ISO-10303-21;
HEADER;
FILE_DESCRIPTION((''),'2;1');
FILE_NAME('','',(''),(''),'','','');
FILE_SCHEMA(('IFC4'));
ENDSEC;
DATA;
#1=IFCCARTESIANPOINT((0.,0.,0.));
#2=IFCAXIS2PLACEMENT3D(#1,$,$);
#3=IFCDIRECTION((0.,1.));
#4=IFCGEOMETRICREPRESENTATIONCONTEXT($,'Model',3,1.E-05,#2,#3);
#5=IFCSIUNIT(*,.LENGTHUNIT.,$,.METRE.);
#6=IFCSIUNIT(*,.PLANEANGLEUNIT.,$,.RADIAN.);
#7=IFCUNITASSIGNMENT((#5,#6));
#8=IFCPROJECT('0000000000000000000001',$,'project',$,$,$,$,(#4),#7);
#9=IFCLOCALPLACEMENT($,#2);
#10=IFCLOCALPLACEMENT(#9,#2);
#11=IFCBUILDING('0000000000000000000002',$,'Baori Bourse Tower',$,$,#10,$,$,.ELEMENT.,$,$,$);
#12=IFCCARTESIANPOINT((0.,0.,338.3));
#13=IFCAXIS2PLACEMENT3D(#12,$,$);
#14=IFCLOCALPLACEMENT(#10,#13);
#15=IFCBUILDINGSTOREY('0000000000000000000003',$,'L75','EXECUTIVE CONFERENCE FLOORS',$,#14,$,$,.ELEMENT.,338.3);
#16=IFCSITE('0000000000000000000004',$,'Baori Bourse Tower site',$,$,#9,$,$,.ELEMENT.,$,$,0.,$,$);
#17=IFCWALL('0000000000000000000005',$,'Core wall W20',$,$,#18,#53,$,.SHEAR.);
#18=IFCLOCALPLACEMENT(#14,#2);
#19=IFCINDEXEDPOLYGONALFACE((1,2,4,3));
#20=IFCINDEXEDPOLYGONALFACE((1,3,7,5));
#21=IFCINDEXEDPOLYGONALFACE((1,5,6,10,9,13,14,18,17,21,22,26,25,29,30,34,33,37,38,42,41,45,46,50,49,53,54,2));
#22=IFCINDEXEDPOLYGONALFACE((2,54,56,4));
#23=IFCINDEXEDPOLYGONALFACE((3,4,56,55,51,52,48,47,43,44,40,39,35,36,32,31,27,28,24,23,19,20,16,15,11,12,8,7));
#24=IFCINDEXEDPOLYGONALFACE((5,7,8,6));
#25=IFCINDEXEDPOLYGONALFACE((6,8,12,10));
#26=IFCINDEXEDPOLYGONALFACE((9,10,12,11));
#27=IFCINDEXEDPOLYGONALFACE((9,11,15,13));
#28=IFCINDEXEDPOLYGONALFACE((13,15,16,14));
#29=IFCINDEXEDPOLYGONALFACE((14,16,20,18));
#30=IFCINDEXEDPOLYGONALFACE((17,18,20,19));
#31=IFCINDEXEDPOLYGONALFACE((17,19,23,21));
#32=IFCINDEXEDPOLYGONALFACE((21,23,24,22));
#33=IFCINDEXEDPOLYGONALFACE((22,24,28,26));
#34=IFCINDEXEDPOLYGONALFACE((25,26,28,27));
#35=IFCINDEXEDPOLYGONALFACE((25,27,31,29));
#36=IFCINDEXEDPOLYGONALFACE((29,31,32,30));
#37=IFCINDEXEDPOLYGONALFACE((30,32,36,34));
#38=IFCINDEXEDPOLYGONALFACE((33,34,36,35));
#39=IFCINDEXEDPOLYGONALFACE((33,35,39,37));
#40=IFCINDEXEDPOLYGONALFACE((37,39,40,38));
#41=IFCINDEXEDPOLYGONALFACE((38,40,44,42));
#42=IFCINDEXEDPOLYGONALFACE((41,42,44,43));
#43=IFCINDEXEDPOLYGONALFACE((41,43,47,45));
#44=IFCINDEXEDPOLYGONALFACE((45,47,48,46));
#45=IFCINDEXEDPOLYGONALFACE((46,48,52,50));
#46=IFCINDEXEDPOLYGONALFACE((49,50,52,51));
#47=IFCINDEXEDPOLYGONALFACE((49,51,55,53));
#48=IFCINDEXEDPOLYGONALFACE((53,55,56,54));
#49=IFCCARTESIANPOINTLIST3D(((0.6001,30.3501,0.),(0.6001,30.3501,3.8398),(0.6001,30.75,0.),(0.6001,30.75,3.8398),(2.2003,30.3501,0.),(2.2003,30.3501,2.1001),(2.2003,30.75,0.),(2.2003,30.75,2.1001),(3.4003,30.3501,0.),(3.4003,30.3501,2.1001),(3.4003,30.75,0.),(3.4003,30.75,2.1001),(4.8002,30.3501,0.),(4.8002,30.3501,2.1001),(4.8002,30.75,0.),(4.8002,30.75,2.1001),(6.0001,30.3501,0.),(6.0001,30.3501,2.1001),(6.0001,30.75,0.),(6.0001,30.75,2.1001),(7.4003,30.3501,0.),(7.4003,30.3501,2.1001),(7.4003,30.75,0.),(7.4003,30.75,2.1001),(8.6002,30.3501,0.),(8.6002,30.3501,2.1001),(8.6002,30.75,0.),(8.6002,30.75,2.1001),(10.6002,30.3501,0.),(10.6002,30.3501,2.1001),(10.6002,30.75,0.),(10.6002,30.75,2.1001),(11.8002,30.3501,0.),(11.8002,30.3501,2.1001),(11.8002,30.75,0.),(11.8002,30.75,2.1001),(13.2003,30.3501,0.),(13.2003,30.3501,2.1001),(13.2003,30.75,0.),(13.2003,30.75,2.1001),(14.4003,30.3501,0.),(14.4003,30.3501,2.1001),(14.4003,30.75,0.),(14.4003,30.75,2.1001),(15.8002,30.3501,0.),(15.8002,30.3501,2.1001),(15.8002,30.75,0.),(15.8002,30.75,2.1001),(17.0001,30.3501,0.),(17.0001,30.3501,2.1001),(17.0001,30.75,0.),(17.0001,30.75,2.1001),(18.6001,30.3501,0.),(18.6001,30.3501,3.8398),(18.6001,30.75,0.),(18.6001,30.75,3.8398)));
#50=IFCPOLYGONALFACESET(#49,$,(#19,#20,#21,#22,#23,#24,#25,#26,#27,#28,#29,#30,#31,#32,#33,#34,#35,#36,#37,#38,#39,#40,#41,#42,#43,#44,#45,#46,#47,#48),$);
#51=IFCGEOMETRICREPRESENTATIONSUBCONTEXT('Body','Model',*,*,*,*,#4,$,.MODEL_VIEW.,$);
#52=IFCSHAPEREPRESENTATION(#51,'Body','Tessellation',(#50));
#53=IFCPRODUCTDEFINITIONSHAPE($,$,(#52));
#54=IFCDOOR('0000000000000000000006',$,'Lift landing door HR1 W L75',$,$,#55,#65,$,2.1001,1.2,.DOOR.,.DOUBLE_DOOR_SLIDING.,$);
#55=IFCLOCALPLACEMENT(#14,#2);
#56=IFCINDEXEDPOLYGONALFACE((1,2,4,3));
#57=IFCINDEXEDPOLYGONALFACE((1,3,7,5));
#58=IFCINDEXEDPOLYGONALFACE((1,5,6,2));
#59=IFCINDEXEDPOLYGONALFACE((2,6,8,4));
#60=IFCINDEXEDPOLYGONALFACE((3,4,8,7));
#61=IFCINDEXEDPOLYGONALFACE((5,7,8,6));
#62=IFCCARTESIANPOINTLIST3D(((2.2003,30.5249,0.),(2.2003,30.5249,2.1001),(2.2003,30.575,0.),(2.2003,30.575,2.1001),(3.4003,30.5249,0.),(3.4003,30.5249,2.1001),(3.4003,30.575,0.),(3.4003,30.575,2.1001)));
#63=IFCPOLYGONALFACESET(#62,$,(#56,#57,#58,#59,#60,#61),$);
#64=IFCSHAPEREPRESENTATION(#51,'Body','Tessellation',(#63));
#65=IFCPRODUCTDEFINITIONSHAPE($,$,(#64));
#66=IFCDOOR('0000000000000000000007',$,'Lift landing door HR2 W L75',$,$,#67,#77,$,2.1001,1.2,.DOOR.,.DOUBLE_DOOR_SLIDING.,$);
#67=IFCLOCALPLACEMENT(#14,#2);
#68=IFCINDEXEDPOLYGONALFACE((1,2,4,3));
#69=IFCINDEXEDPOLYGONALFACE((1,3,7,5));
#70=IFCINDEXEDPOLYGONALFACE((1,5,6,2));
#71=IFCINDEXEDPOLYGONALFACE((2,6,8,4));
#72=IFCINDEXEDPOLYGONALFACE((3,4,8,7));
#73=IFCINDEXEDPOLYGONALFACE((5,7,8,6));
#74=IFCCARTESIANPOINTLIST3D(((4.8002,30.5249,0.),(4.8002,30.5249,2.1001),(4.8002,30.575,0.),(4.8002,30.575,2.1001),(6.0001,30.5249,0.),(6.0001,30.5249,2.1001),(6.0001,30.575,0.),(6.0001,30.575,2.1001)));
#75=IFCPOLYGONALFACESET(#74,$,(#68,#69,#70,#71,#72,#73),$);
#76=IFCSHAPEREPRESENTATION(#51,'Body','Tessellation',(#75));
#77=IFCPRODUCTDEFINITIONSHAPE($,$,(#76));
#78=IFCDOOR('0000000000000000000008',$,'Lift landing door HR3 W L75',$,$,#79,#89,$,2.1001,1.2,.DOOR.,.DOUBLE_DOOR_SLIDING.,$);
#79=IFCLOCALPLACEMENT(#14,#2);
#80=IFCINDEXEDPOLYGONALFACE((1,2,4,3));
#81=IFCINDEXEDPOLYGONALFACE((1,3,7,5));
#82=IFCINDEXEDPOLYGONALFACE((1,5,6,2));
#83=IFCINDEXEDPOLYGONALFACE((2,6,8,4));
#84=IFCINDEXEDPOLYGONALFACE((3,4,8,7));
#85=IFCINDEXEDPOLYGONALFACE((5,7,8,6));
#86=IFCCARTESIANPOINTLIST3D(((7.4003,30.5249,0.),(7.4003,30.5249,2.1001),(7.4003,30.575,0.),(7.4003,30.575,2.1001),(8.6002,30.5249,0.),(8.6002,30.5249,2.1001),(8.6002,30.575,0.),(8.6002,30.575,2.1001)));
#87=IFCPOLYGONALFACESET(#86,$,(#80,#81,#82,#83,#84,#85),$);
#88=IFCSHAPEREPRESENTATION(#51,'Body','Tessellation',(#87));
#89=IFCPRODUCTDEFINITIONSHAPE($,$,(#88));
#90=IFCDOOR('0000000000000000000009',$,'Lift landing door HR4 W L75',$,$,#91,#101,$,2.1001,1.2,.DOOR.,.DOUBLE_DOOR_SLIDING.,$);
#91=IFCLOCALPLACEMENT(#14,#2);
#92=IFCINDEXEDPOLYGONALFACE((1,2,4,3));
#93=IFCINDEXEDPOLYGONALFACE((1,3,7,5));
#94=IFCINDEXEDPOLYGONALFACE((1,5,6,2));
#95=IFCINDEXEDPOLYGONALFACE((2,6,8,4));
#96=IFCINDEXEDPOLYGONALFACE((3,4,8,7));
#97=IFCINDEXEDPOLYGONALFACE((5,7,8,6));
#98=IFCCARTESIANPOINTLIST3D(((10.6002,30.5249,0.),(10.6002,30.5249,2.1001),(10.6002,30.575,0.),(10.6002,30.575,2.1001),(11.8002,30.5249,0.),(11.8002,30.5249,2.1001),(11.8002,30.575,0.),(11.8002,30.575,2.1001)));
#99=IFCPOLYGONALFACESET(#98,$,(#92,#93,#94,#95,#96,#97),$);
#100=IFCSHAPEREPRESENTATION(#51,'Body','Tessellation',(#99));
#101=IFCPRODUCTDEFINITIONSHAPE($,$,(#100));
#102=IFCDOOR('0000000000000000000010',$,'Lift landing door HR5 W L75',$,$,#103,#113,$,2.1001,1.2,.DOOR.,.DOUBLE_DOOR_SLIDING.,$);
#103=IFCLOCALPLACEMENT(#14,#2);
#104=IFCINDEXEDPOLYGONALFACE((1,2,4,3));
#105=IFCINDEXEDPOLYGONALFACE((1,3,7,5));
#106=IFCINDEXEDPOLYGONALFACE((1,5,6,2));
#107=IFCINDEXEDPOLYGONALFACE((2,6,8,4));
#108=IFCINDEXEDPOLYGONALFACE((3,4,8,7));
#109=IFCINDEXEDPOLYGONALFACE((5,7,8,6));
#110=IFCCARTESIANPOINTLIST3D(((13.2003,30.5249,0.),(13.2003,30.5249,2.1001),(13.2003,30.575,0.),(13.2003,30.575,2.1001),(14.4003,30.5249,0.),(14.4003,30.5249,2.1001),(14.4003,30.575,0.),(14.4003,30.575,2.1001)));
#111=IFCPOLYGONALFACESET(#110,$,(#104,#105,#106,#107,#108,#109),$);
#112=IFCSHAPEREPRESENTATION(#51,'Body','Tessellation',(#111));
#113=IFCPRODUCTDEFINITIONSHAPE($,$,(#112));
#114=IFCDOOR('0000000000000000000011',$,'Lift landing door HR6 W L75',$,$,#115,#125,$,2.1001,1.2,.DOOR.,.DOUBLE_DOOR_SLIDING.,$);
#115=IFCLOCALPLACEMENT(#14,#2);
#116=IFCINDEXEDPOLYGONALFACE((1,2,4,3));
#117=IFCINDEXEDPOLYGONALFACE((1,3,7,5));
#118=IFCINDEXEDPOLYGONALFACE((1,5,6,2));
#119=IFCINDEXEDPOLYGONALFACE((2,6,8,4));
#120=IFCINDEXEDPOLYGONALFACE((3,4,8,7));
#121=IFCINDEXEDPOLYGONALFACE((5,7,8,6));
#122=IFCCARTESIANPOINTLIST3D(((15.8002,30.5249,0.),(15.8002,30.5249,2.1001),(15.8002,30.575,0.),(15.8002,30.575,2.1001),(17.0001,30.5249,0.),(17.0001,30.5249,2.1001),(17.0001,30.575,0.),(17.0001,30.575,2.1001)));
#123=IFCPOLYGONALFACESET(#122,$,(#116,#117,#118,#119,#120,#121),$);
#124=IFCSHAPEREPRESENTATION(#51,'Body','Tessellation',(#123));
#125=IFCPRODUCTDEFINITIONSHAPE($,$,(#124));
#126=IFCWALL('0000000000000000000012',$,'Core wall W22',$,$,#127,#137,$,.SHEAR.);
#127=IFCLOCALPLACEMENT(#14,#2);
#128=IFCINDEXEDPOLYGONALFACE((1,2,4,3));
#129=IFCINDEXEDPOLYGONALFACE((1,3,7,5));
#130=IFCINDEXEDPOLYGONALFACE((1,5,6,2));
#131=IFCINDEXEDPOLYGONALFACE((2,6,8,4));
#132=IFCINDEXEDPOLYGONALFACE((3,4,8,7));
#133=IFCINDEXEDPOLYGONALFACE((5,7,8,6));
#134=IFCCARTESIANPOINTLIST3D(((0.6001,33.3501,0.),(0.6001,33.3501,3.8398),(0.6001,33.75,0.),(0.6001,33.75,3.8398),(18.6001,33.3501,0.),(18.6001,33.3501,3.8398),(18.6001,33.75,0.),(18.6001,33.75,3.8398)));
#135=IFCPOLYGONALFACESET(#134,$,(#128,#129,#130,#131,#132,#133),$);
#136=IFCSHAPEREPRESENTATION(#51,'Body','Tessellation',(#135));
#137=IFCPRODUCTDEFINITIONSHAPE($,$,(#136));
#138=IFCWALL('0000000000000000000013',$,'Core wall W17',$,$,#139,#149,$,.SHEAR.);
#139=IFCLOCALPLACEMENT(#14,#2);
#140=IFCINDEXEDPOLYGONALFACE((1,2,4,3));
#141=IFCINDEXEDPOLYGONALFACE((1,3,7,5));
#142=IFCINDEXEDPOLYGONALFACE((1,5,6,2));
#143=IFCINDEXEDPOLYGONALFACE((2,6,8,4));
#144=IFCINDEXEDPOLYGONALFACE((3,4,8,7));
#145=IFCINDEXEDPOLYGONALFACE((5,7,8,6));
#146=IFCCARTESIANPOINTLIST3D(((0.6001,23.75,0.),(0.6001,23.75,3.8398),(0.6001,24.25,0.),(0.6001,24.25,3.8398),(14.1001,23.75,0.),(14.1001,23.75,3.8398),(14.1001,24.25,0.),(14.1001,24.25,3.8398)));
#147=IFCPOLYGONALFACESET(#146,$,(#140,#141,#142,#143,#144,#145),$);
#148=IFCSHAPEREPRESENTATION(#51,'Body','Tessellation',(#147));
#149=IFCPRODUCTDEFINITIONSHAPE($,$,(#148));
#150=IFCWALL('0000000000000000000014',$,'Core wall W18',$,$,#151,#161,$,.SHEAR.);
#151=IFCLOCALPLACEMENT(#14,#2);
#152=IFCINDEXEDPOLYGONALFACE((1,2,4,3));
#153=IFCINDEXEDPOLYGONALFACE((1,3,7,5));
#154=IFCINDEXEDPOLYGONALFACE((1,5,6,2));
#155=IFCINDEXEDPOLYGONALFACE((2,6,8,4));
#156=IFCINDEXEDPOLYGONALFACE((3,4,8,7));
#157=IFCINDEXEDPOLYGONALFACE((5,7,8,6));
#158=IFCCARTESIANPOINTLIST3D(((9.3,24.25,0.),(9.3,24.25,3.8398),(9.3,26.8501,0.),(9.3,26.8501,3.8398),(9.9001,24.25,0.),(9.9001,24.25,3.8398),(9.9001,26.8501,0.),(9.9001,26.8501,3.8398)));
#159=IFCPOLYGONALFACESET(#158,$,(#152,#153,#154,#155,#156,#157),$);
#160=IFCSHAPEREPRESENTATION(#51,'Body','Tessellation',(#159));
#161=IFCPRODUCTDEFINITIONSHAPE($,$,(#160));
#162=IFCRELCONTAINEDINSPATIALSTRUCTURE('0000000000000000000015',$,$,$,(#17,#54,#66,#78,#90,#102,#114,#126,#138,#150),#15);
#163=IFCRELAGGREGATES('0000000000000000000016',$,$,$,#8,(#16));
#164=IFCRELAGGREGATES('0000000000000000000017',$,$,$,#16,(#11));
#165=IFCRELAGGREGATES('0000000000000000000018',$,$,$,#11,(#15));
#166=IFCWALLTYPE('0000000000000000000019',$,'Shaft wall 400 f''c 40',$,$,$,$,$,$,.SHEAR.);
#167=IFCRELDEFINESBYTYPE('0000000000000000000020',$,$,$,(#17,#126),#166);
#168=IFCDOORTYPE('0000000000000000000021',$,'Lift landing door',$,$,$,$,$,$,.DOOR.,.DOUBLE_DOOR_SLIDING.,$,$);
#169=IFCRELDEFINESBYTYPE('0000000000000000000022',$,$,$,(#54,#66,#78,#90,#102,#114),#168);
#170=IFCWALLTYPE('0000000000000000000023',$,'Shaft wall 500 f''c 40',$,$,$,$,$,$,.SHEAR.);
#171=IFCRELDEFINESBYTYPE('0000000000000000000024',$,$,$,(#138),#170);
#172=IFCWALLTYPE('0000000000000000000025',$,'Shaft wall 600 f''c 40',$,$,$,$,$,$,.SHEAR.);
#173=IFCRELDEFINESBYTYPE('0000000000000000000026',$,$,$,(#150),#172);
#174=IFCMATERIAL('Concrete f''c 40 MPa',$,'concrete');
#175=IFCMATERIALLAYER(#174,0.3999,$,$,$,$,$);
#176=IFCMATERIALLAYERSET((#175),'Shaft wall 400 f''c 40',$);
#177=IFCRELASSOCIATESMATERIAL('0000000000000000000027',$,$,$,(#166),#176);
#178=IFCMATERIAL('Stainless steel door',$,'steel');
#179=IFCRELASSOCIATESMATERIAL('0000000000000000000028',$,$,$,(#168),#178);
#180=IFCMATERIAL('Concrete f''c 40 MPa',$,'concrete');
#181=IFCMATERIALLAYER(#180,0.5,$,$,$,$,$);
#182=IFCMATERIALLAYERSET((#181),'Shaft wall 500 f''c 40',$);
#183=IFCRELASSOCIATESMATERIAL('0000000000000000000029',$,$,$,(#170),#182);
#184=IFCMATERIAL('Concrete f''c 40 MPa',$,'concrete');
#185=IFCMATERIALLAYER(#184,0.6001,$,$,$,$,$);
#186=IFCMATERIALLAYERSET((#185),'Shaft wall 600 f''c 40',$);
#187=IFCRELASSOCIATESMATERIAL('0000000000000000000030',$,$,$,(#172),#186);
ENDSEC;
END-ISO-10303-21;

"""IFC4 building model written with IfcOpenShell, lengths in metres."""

from ifc_helpers import new_model, si_unit, direction, frame, frame_2d, origin, place, context, subcontext, project, spatial, rectangle, extrude, material, layer, layer_set, type_object, element, fill, save


model = new_model("IFC4")

# Units and contexts
model_context = context("Model", 3, precision=1e-05, world=origin(), true_north=direction((0.0, 1.0)))
body_context = subcontext(model_context, "Body", "Model", "MODEL_VIEW")
ifc_project = project(units=[si_unit("LENGTHUNIT", "METRE"), si_unit("PLANEANGLEUNIT", "RADIAN")], contexts=[model_context])

# Site, building, storey
site_placement = place(None, origin())
site = spatial("IfcSite", under=ifc_project, at=site_placement, Name="Baori Bourse Tower site", CompositionType="ELEMENT", RefElevation=0.0)
building_placement = place(site_placement, origin())
building = spatial("IfcBuilding", under=site, at=building_placement, Name="Baori Bourse Tower", CompositionType="ELEMENT")
storey_placement = place(building_placement, frame((0.0, 0.0, 338.3)))
storey = spatial("IfcBuildingStorey", under=building, at=storey_placement, Name="L75", Description="EXECUTIVE CONFERENCE FLOORS", CompositionType="ELEMENT", Elevation=338.3)

# Shared definitions
ifc_material_1 = material(Name="Concrete f'c 40 MPa", Category="concrete")
ifc_layer_1 = layer(ifc_material_1, 0.3999)
ifc_layer_set_1 = layer_set([ifc_layer_1], Name="Shaft wall 400 f'c 40")
wall_type_1 = type_object("IfcWallType", Name="Shaft wall 400 f'c 40", PredefinedType="SHEAR", material=ifc_layer_set_1)

# Wall, openings, doors
ifc_material_2 = material(Name="Stainless steel door", Category="steel")
door_type_1 = type_object("IfcDoorType", Name="Lift landing door", OperationType="DOUBLE_DOOR_SLIDING", PredefinedType="DOOR", material=ifc_material_2)
wall_1_placement = place(storey_placement, frame((0.6001, 30.55, 0.0), z_axis=(0.0, 0.0, 1.0), x_axis=(1.0, 0.0, 0.0)))
wall_1 = element("IfcWall", 1, at=wall_1_placement, inside=storey, type_object=wall_type_1, Name="Core wall W20", PredefinedType="SHEAR", context=body_context, shape_type="SweptSolid", body=[
    extrude(rectangle(XDim=18.0, YDim=0.3999, at=frame_2d((9.0, 0.0))), origin(), (0.0, 0.0, 1.0), 3.8398),
])
opening_1_placement = place(wall_1_placement, frame((1.6001, 0.0, 0.0)))
opening_1 = element("IfcOpeningElement", 2, at=opening_1_placement, cuts=wall_1, PredefinedType="OPENING", context=body_context, shape_type="SweptSolid", body=[
    extrude(rectangle(XDim=1.2, YDim=2.1001, at=frame_2d((0.6001, 1.05))), frame((0.0, 0.21, 0.0), z_axis=(0.0, -1.0, 0.0), x_axis=(1.0, 0.0, 0.0)), (0.0, 0.0, 1.0), 0.4199),
])
opening_2_placement = place(wall_1_placement, frame((4.2, 0.0, 0.0)))
opening_2 = element("IfcOpeningElement", 3, at=opening_2_placement, cuts=wall_1, PredefinedType="OPENING", context=body_context, shape_type="SweptSolid", body=[
    extrude(rectangle(XDim=1.2, YDim=2.1001, at=frame_2d((0.6001, 1.05))), frame((0.0, 0.21, 0.0), z_axis=(0.0, -1.0, 0.0), x_axis=(1.0, 0.0, 0.0)), (0.0, 0.0, 1.0), 0.4199),
])
opening_3_placement = place(wall_1_placement, frame((6.8, 0.0, 0.0)))
opening_3 = element("IfcOpeningElement", 4, at=opening_3_placement, cuts=wall_1, PredefinedType="OPENING", context=body_context, shape_type="SweptSolid", body=[
    extrude(rectangle(XDim=1.2, YDim=2.1001, at=frame_2d((0.6001, 1.05))), frame((0.0, 0.21, 0.0), z_axis=(0.0, -1.0, 0.0), x_axis=(1.0, 0.0, 0.0)), (0.0, 0.0, 1.0), 0.4199),
])
opening_4_placement = place(wall_1_placement, frame((10.0, 0.0, 0.0)))
opening_4 = element("IfcOpeningElement", 5, at=opening_4_placement, cuts=wall_1, PredefinedType="OPENING", context=body_context, shape_type="SweptSolid", body=[
    extrude(rectangle(XDim=1.2, YDim=2.1001, at=frame_2d((0.6001, 1.05))), frame((0.0, 0.21, 0.0), z_axis=(0.0, -1.0, 0.0), x_axis=(1.0, 0.0, 0.0)), (0.0, 0.0, 1.0), 0.4199),
])
opening_5_placement = place(wall_1_placement, frame((12.6001, 0.0, 0.0)))
opening_5 = element("IfcOpeningElement", 6, at=opening_5_placement, cuts=wall_1, PredefinedType="OPENING", context=body_context, shape_type="SweptSolid", body=[
    extrude(rectangle(XDim=1.2, YDim=2.1001, at=frame_2d((0.6001, 1.05))), frame((0.0, 0.21, 0.0), z_axis=(0.0, -1.0, 0.0), x_axis=(1.0, 0.0, 0.0)), (0.0, 0.0, 1.0), 0.4199),
])
opening_6_placement = place(wall_1_placement, frame((15.2, 0.0, 0.0)))
opening_6 = element("IfcOpeningElement", 7, at=opening_6_placement, cuts=wall_1, PredefinedType="OPENING", context=body_context, shape_type="SweptSolid", body=[
    extrude(rectangle(XDim=1.2, YDim=2.1001, at=frame_2d((0.6001, 1.05))), frame((0.0, 0.21, 0.0), z_axis=(0.0, -1.0, 0.0), x_axis=(1.0, 0.0, 0.0)), (0.0, 0.0, 1.0), 0.4199),
])
door_1_placement = place(opening_1_placement, origin())
door_1 = element("IfcDoor", 8, at=door_1_placement, inside=storey, type_object=door_type_1, Name="Lift landing door HR1 W L75", OperationType="DOUBLE_DOOR_SLIDING", OverallHeight=2.1001, OverallWidth=1.2, PredefinedType="DOOR", context=body_context, shape_type="SweptSolid", body=[
    extrude(rectangle(XDim=1.2, YDim=2.1001, at=frame_2d((0.6001, 1.05))), frame((0.0, 0.0249, 0.0), z_axis=(0.0, -1.0, 0.0), x_axis=(1.0, 0.0, 0.0)), (0.0, 0.0, 1.0), 0.05),
])
fill(opening_1, door_1)
door_2_placement = place(opening_2_placement, origin())
door_2 = element("IfcDoor", 9, at=door_2_placement, inside=storey, type_object=door_type_1, Name="Lift landing door HR2 W L75", OperationType="DOUBLE_DOOR_SLIDING", OverallHeight=2.1001, OverallWidth=1.2, PredefinedType="DOOR", context=body_context, shape_type="SweptSolid", body=[
    extrude(rectangle(XDim=1.2, YDim=2.1001, at=frame_2d((0.6001, 1.05))), frame((0.0, 0.0249, 0.0), z_axis=(0.0, -1.0, 0.0), x_axis=(1.0, 0.0, 0.0)), (0.0, 0.0, 1.0), 0.05),
])
fill(opening_2, door_2)
door_3_placement = place(opening_3_placement, origin())
door_3 = element("IfcDoor", 10, at=door_3_placement, inside=storey, type_object=door_type_1, Name="Lift landing door HR3 W L75", OperationType="DOUBLE_DOOR_SLIDING", OverallHeight=2.1001, OverallWidth=1.2, PredefinedType="DOOR", context=body_context, shape_type="SweptSolid", body=[
    extrude(rectangle(XDim=1.2, YDim=2.1001, at=frame_2d((0.6001, 1.05))), frame((0.0, 0.0249, 0.0), z_axis=(0.0, -1.0, 0.0), x_axis=(1.0, 0.0, 0.0)), (0.0, 0.0, 1.0), 0.05),
])
fill(opening_3, door_3)
door_4_placement = place(opening_4_placement, origin())
door_4 = element("IfcDoor", 11, at=door_4_placement, inside=storey, type_object=door_type_1, Name="Lift landing door HR4 W L75", OperationType="DOUBLE_DOOR_SLIDING", OverallHeight=2.1001, OverallWidth=1.2, PredefinedType="DOOR", context=body_context, shape_type="SweptSolid", body=[
    extrude(rectangle(XDim=1.2, YDim=2.1001, at=frame_2d((0.6001, 1.05))), frame((0.0, 0.0249, 0.0), z_axis=(0.0, -1.0, 0.0), x_axis=(1.0, 0.0, 0.0)), (0.0, 0.0, 1.0), 0.05),
])
fill(opening_4, door_4)
door_5_placement = place(opening_5_placement, origin())
door_5 = element("IfcDoor", 12, at=door_5_placement, inside=storey, type_object=door_type_1, Name="Lift landing door HR5 W L75", OperationType="DOUBLE_DOOR_SLIDING", OverallHeight=2.1001, OverallWidth=1.2, PredefinedType="DOOR", context=body_context, shape_type="SweptSolid", body=[
    extrude(rectangle(XDim=1.2, YDim=2.1001, at=frame_2d((0.6001, 1.05))), frame((0.0, 0.0249, 0.0), z_axis=(0.0, -1.0, 0.0), x_axis=(1.0, 0.0, 0.0)), (0.0, 0.0, 1.0), 0.05),
])
fill(opening_5, door_5)
door_6_placement = place(opening_6_placement, origin())
door_6 = element("IfcDoor", 13, at=door_6_placement, inside=storey, type_object=door_type_1, Name="Lift landing door HR6 W L75", OperationType="DOUBLE_DOOR_SLIDING", OverallHeight=2.1001, OverallWidth=1.2, PredefinedType="DOOR", context=body_context, shape_type="SweptSolid", body=[
    extrude(rectangle(XDim=1.2, YDim=2.1001, at=frame_2d((0.6001, 1.05))), frame((0.0, 0.0249, 0.0), z_axis=(0.0, -1.0, 0.0), x_axis=(1.0, 0.0, 0.0)), (0.0, 0.0, 1.0), 0.05),
])
fill(opening_6, door_6)

# Walls
wall_2_placement = place(storey_placement, frame((0.6001, 33.55, 0.0), z_axis=(0.0, 0.0, 1.0), x_axis=(1.0, 0.0, 0.0)))
element("IfcWall", 14, at=wall_2_placement, inside=storey, type_object=wall_type_1, Name="Core wall W22", PredefinedType="SHEAR", context=body_context, shape_type="SweptSolid", body=[
    extrude(rectangle(XDim=18.0, YDim=0.3999, at=frame_2d((9.0, 0.0))), origin(), (0.0, 0.0, 1.0), 3.8398),
])
ifc_material_3 = material(Name="Concrete f'c 40 MPa", Category="concrete")
ifc_layer_2 = layer(ifc_material_3, 0.5)
ifc_layer_set_2 = layer_set([ifc_layer_2], Name="Shaft wall 500 f'c 40")
wall_type_2 = type_object("IfcWallType", Name="Shaft wall 500 f'c 40", PredefinedType="SHEAR", material=ifc_layer_set_2)
wall_3_placement = place(storey_placement, frame((0.6001, 24.0, 0.0), z_axis=(0.0, 0.0, 1.0), x_axis=(1.0, 0.0, 0.0)))
element("IfcWall", 15, at=wall_3_placement, inside=storey, type_object=wall_type_2, Name="Core wall W17", PredefinedType="SHEAR", context=body_context, shape_type="SweptSolid", body=[
    extrude(rectangle(XDim=13.5, YDim=0.5, at=frame_2d((6.75, 0.0))), origin(), (0.0, 0.0, 1.0), 3.8398),
])
ifc_material_4 = material(Name="Concrete f'c 40 MPa", Category="concrete")
ifc_layer_3 = layer(ifc_material_4, 0.6001)
ifc_layer_set_3 = layer_set([ifc_layer_3], Name="Shaft wall 600 f'c 40")
wall_type_3 = type_object("IfcWallType", Name="Shaft wall 600 f'c 40", PredefinedType="SHEAR", material=ifc_layer_set_3)
for number, where, z_axis, x_axis, name in (
    (16, (9.6001, 24.25, 0.0), (0.0, 0.0, 1.0), (0.0, 1.0, 0.0), "Core wall W18"),
):
    element("IfcWall", number, at=place(storey_placement, frame(where, z_axis=z_axis, x_axis=x_axis)), inside=storey, type_object=wall_type_3, Name=name, PredefinedType="SHEAR", context=body_context, shape_type="SweptSolid", body=[
        extrude(rectangle(XDim=2.6001, YDim=0.6001, at=frame_2d((1.3, 0.0))), origin(), (0.0, 0.0, 1.0), 3.8398),
    ])

save(model, "model.ifc")
